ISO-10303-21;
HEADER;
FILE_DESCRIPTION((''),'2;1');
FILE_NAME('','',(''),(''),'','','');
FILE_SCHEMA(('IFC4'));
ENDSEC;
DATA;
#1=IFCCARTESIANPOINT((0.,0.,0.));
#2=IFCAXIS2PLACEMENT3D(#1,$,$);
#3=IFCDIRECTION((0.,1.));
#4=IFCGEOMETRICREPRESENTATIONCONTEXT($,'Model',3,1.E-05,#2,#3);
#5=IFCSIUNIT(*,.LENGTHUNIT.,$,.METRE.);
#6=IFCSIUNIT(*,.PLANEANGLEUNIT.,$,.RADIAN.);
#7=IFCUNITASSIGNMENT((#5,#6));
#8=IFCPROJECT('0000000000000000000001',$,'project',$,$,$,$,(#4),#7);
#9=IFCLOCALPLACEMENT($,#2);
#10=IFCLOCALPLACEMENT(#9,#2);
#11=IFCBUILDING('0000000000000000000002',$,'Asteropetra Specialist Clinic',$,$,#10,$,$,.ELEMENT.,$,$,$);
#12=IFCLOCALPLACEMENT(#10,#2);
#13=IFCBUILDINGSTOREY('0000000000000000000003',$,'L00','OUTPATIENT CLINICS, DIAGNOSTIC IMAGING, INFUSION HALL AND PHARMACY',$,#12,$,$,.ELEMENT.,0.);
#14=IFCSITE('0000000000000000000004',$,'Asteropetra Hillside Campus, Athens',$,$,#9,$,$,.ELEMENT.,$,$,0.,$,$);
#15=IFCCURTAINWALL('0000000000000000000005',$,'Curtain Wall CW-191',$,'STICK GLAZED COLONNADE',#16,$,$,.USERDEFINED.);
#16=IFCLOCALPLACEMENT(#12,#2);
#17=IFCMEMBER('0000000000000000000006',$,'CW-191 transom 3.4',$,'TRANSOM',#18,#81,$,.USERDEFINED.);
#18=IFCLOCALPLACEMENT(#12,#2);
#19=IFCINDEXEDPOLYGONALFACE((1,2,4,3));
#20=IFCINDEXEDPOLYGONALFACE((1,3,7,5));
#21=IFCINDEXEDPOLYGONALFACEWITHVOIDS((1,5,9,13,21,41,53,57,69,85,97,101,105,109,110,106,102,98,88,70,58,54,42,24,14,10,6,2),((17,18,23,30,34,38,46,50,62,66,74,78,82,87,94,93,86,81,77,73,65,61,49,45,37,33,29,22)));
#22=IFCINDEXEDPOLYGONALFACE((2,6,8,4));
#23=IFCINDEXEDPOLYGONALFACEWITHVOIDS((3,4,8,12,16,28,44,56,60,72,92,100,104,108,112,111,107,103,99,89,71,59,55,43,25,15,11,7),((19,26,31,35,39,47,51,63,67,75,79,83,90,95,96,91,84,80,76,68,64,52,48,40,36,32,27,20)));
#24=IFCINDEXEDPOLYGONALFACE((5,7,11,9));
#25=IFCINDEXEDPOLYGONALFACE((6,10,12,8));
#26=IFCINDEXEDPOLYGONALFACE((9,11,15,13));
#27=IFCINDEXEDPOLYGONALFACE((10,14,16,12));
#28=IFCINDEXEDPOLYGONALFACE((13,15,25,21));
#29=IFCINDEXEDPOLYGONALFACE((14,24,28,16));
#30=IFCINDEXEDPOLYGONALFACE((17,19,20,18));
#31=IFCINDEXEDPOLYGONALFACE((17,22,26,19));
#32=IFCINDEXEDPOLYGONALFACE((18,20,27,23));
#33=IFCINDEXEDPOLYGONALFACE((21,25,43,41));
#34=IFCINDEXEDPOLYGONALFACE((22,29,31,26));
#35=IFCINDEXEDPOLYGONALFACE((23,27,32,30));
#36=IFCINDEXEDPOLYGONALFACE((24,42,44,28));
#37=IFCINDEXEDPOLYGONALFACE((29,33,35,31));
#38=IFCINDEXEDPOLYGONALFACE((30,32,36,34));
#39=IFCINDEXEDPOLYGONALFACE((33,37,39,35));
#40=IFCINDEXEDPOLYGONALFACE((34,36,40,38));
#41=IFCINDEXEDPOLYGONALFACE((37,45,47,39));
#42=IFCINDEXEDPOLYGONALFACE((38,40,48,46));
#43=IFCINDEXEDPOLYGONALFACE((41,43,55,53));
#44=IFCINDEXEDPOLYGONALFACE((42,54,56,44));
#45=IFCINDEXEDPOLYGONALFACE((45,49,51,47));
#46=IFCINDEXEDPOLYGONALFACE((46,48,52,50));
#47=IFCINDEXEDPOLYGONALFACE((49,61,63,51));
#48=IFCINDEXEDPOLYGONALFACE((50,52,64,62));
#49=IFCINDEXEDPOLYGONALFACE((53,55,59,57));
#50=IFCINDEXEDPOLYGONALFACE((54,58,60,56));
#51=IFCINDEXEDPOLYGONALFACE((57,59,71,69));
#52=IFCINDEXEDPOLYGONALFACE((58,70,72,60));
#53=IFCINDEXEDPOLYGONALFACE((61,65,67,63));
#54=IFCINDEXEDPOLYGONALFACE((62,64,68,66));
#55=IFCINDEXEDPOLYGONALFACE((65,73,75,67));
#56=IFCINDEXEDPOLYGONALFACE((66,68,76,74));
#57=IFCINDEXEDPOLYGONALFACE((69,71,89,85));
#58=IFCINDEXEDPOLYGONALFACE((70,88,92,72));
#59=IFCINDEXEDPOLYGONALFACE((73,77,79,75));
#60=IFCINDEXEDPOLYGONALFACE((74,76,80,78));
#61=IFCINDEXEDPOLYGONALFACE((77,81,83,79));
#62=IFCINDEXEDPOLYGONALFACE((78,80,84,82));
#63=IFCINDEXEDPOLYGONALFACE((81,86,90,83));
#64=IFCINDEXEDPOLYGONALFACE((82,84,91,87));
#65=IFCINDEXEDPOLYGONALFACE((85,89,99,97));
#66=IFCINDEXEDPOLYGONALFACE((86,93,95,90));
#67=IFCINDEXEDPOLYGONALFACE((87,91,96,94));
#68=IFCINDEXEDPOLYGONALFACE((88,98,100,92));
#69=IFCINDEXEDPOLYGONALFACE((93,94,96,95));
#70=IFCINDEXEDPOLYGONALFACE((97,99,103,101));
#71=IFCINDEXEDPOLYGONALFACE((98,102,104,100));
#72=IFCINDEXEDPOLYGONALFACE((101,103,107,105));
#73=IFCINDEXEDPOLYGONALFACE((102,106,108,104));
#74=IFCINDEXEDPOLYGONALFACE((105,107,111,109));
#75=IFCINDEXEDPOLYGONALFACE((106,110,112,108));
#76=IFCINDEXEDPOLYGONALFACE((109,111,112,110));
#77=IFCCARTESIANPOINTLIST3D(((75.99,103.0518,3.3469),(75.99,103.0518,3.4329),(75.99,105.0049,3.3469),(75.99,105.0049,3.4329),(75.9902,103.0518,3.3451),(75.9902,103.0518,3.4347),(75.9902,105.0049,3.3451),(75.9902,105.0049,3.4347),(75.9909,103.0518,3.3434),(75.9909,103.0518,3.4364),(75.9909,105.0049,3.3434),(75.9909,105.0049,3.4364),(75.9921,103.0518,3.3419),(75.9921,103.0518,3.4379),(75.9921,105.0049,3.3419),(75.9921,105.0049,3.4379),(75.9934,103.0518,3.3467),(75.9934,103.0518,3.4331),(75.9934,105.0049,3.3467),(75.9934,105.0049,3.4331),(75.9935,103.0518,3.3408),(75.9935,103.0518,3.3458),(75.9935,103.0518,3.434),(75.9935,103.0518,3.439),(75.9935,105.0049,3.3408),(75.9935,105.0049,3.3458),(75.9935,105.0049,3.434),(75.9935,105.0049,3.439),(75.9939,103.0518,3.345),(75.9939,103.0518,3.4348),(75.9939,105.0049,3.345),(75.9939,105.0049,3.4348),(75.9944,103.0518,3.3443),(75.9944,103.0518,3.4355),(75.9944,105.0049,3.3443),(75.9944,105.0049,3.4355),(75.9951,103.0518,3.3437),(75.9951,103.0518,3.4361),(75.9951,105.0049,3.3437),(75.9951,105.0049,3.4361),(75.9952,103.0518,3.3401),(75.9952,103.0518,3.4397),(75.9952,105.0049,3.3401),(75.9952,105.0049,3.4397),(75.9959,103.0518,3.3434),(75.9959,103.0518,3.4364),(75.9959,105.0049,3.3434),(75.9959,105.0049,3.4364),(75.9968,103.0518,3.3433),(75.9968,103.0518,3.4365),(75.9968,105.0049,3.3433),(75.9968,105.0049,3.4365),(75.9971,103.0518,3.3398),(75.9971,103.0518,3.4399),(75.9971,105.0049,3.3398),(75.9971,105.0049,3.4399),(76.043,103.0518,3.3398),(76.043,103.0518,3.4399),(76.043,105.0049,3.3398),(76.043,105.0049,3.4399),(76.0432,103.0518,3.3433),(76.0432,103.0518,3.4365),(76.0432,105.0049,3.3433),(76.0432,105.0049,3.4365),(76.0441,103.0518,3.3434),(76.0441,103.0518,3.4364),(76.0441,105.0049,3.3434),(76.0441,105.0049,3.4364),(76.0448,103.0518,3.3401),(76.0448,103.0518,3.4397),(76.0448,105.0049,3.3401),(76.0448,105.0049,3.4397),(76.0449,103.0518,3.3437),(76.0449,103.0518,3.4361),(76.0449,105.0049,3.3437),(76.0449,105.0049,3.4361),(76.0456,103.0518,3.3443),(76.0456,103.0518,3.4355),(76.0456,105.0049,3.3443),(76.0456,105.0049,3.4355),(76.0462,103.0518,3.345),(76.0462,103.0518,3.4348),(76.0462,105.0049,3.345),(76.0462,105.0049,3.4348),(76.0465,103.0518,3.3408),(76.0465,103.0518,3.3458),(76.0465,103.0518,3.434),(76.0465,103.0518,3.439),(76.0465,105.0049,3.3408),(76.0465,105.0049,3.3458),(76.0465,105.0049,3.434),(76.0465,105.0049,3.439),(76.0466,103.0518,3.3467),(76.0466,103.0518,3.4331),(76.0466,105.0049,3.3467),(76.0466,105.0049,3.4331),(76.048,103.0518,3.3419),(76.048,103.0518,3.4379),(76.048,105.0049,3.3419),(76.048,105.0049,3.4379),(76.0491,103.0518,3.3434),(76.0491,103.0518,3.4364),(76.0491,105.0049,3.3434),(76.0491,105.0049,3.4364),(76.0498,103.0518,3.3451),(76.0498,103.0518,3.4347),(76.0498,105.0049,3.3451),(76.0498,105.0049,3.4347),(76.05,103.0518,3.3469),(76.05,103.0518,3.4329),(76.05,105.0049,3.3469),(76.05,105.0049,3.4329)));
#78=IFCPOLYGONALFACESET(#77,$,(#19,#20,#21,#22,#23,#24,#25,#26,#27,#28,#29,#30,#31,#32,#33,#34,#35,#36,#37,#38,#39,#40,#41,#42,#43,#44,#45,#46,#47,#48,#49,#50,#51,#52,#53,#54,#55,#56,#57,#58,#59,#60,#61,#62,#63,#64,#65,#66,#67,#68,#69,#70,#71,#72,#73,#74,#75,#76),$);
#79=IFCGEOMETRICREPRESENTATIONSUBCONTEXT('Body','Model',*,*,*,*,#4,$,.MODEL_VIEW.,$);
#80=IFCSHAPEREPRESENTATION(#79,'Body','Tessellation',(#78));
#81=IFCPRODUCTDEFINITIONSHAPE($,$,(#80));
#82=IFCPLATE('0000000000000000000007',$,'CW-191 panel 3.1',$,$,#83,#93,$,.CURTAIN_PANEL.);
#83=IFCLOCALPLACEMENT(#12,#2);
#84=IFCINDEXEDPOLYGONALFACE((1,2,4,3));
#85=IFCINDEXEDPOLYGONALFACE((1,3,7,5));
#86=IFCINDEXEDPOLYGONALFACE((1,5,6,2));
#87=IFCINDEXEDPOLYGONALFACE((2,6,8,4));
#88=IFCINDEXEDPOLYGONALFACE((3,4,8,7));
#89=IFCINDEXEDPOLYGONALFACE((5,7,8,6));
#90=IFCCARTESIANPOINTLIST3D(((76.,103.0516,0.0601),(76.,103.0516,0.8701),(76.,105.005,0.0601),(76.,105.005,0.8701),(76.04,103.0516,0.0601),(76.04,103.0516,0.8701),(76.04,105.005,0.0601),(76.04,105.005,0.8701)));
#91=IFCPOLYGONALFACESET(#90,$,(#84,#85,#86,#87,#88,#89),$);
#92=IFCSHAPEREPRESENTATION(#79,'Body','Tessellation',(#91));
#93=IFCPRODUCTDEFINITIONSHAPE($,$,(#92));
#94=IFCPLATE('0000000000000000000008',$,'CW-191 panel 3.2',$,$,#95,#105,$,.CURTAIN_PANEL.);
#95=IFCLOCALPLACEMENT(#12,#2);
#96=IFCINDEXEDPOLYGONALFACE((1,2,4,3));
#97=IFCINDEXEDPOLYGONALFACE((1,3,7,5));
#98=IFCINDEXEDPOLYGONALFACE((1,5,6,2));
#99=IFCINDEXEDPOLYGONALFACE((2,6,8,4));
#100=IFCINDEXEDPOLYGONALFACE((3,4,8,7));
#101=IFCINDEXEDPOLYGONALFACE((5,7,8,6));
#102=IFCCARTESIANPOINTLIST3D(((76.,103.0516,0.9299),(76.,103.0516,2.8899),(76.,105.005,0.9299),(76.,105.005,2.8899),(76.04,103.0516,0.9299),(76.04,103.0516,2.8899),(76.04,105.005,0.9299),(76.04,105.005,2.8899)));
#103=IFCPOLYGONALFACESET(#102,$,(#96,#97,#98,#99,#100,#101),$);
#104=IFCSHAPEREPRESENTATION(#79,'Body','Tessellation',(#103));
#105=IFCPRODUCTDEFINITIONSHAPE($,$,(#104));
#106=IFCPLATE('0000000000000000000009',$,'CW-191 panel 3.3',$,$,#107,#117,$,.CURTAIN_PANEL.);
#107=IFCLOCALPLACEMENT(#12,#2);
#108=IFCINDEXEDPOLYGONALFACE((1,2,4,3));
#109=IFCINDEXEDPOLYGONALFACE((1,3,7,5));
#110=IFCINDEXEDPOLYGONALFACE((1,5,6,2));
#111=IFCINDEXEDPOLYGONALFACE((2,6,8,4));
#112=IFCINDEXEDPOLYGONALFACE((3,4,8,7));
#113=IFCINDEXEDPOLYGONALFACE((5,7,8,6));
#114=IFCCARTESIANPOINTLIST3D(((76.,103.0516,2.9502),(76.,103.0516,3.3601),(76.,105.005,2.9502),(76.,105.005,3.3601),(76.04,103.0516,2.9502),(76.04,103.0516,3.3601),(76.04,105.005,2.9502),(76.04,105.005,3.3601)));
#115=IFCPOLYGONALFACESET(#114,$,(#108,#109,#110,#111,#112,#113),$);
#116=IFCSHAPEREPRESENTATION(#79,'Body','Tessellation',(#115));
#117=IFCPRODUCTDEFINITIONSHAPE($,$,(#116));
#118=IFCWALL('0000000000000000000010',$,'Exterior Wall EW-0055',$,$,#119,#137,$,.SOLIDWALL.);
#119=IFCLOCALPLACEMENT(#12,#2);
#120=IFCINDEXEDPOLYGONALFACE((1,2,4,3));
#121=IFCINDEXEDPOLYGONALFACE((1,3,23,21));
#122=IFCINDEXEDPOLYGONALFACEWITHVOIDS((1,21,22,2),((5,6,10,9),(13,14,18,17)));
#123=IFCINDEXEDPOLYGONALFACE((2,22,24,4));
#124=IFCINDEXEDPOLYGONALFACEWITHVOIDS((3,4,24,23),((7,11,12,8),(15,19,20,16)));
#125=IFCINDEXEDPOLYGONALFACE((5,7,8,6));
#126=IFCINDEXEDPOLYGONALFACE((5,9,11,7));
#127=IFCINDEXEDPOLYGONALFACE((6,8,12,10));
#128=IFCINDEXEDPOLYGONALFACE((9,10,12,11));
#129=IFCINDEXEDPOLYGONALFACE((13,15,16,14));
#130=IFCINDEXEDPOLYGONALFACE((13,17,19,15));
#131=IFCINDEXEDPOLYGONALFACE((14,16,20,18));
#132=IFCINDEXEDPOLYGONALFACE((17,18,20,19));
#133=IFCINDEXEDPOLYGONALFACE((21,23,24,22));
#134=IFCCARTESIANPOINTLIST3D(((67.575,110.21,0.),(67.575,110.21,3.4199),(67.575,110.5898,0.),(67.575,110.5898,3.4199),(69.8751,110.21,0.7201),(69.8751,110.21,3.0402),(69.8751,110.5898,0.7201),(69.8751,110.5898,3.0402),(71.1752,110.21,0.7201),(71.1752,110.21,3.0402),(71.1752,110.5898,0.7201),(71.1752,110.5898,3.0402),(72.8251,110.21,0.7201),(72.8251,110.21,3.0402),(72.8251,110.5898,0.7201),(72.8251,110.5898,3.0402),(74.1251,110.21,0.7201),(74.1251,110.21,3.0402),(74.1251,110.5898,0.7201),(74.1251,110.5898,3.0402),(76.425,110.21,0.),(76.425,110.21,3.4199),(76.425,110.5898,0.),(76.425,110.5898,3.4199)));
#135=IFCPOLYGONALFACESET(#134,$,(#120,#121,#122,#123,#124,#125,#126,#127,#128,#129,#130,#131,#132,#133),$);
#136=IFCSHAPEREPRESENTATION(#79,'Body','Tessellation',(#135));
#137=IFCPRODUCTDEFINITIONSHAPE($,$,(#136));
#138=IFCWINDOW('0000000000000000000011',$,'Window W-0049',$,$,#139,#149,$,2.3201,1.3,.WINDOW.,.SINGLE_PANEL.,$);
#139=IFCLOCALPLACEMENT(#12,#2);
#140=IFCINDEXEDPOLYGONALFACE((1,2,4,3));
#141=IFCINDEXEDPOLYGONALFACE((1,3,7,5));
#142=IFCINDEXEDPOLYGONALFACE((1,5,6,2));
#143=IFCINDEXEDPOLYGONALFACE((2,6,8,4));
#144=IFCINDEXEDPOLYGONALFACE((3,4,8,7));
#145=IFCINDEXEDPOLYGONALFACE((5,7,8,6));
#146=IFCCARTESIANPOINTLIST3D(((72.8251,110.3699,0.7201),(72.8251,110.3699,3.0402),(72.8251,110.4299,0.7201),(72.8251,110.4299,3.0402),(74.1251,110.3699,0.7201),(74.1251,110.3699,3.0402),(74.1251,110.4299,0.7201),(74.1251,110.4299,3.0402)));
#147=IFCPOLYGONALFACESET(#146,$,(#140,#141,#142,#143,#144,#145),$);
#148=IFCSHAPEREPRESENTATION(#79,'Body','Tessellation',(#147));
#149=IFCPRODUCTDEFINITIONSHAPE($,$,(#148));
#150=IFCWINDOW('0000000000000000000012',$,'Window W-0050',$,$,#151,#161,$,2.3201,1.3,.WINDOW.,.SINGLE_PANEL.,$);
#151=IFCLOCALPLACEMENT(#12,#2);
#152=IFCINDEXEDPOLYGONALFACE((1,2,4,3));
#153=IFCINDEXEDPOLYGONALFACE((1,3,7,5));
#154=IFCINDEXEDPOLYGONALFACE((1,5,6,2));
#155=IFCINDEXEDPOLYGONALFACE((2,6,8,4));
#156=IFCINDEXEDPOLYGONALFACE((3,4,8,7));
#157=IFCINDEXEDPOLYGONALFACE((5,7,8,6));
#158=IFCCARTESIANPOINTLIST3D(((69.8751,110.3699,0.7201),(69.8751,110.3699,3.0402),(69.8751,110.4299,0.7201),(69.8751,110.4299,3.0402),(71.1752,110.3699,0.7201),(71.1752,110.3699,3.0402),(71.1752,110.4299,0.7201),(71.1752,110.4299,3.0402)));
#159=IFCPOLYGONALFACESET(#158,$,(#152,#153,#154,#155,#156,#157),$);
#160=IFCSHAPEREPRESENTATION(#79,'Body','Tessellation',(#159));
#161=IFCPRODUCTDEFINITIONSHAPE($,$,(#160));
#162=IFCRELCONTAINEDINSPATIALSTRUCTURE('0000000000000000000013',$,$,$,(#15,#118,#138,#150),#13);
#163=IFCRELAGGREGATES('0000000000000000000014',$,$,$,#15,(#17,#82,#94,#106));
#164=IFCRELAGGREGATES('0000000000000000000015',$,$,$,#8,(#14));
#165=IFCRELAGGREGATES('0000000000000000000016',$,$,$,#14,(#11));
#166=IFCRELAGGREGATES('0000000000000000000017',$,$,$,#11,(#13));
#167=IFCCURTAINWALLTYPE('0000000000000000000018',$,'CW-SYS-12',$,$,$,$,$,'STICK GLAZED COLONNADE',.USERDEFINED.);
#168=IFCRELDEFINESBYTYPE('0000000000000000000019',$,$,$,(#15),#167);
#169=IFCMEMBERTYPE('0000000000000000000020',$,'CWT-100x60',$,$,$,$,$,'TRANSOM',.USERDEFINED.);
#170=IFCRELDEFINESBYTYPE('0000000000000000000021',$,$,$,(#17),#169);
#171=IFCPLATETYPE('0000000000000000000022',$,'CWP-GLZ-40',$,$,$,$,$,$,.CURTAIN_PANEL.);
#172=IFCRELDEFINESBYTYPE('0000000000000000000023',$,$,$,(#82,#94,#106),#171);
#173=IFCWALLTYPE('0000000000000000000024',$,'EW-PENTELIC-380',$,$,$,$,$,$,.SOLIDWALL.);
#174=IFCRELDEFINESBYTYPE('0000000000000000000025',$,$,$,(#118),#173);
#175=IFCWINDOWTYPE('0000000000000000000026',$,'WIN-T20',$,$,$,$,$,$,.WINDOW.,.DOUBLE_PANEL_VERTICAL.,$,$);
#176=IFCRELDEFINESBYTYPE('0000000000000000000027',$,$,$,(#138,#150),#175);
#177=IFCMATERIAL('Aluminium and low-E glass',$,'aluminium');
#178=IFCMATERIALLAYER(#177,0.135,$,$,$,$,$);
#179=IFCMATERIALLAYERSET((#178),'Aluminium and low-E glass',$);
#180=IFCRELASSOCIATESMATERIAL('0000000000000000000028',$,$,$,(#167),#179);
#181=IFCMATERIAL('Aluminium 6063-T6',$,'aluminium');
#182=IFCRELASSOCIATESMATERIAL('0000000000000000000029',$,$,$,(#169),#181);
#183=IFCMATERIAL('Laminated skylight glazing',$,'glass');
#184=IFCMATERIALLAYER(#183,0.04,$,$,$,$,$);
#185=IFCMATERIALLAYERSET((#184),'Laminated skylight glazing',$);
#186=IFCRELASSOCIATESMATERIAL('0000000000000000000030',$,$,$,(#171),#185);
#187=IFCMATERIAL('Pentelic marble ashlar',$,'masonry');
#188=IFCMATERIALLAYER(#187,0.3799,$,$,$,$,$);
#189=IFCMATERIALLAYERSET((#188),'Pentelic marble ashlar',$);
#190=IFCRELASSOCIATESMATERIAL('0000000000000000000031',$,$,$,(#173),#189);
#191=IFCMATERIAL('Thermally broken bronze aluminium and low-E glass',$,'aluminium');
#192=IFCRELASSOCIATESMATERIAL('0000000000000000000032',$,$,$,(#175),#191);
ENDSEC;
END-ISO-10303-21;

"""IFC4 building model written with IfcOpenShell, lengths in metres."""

from ifc_helpers import new_model, si_unit, direction, frame, frame_2d, origin, origin_2d, place, context, subcontext, project, spatial, rectangle, hollow_rectangle, extrude, material, layer, layer_set, material_profile, profile_set, type_object, element, fill, aggregate, save


model = new_model("IFC4")

# Units and contexts
model_context = context("Model", 3, precision=1e-05, world=origin(), true_north=direction((0.0, 1.0)))
body_context = subcontext(model_context, "Body", "Model", "MODEL_VIEW")
ifc_project = project(units=[si_unit("LENGTHUNIT", "METRE"), si_unit("PLANEANGLEUNIT", "RADIAN")], contexts=[model_context])

# Site, building, storey
site_placement = place(None, origin())
site = spatial("IfcSite", under=ifc_project, at=site_placement, Name="Asteropetra Hillside Campus, Athens", CompositionType="ELEMENT", RefElevation=0.0)
building_placement = place(site_placement, origin())
building = spatial("IfcBuilding", under=site, at=building_placement, Name="Asteropetra Specialist Clinic", CompositionType="ELEMENT")
storey_placement = place(building_placement, origin())
storey = spatial("IfcBuildingStorey", under=building, at=storey_placement, Name="L00", Description="OUTPATIENT CLINICS, DIAGNOSTIC IMAGING, INFUSION HALL AND PHARMACY", CompositionType="ELEMENT", Elevation=0.0)

# Curtain wall, member, plates
ifc_material_1 = material(Name="Aluminium and low-E glass", Category="aluminium")
ifc_layer_1 = layer(ifc_material_1, 0.135)
ifc_layer_set_1 = layer_set([ifc_layer_1], Name="Aluminium and low-E glass")
curtain_wall_type = type_object("IfcCurtainWallType", Name="CW-SYS-12", ElementType="STICK GLAZED COLONNADE", PredefinedType="USERDEFINED", material=ifc_layer_set_1)
curtain_wall_placement = place(storey_placement, origin())
curtain_wall = element("IfcCurtainWall", 1, at=curtain_wall_placement, inside=storey, type_object=curtain_wall_type, Name="Curtain Wall CW-191", ObjectType="STICK GLAZED COLONNADE", PredefinedType="USERDEFINED")
ifc_material_2 = material(Name="Aluminium 6063-T6", Category="aluminium")
ifc_material_profile_1 = material_profile(ifc_material_2, hollow_rectangle(XDim=0.0601, YDim=0.1001, WallThickness=0.0034, InnerFilletRadius=0.0034, OuterFilletRadius=0.0071, at=origin_2d()), Name="TRN 100x60x3.5")
ifc_profile_set_1 = profile_set([ifc_material_profile_1], Name="Aluminium 6063-T6")
member_type_1 = type_object("IfcMemberType", Name="CWT-100x60", ElementType="TRANSOM", PredefinedType="USERDEFINED", material=ifc_profile_set_1)
member_1_placement = place(storey_placement, frame((76.02, 103.0518, 3.3899), z_axis=(0.0, 1.0, 0.0), x_axis=(-1.0, 0.0, 0.0)))
member_1 = element("IfcMember", 2, at=member_1_placement, type_object=member_type_1, Name="CW-191 transom 3.4", ObjectType="TRANSOM", PredefinedType="USERDEFINED", context=body_context, shape_type="SweptSolid", body=[
    extrude(hollow_rectangle(XDim=0.0601, YDim=0.1001, WallThickness=0.0034, InnerFilletRadius=0.0034, OuterFilletRadius=0.0071, at=origin_2d()), origin(), (0.0, 0.0, 1.0), 1.9531),
])
ifc_material_3 = material(Name="Laminated skylight glazing", Category="glass")
ifc_layer_2 = layer(ifc_material_3, 0.04)
ifc_layer_set_2 = layer_set([ifc_layer_2], Name="Laminated skylight glazing")
plate_type = type_object("IfcPlateType", Name="CWP-GLZ-40", PredefinedType="CURTAIN_PANEL", material=ifc_layer_set_2)
plate_1_placement = place(storey_placement, frame((76.02, 104.0283, 0.0601), z_axis=(0.0, 0.0, 1.0), x_axis=(0.0, 1.0, 0.0)))
plate_1 = element("IfcPlate", 3, at=plate_1_placement, type_object=plate_type, Name="CW-191 panel 3.1", PredefinedType="CURTAIN_PANEL", context=body_context, shape_type="SweptSolid", body=[
    extrude(rectangle(XDim=1.9534, YDim=0.04, at=origin_2d()), origin(), (0.0, 0.0, 1.0), 0.8101),
])
plate_2_placement = place(storey_placement, frame((76.02, 104.0283, 0.9299), z_axis=(0.0, 0.0, 1.0), x_axis=(0.0, 1.0, 0.0)))
plate_2 = element("IfcPlate", 4, at=plate_2_placement, type_object=plate_type, Name="CW-191 panel 3.2", PredefinedType="CURTAIN_PANEL", context=body_context, shape_type="SweptSolid", body=[
    extrude(rectangle(XDim=1.9534, YDim=0.04, at=origin_2d()), origin(), (0.0, 0.0, 1.0), 1.96),
])
plate_3_placement = place(storey_placement, frame((76.02, 104.0283, 2.9502), z_axis=(0.0, 0.0, 1.0), x_axis=(0.0, 1.0, 0.0)))
plate_3 = element("IfcPlate", 5, at=plate_3_placement, type_object=plate_type, Name="CW-191 panel 3.3", PredefinedType="CURTAIN_PANEL", context=body_context, shape_type="SweptSolid", body=[
    extrude(rectangle(XDim=1.9534, YDim=0.04, at=origin_2d()), origin(), (0.0, 0.0, 1.0), 0.4099),
])
aggregate(curtain_wall, [member_1, plate_1, plate_2, plate_3])

# Wall, openings, windows
ifc_material_4 = material(Name="Pentelic marble ashlar", Category="masonry")
ifc_layer_3 = layer(ifc_material_4, 0.3799)
ifc_layer_set_3 = layer_set([ifc_layer_3], Name="Pentelic marble ashlar")
wall_type_1 = type_object("IfcWallType", Name="EW-PENTELIC-380", PredefinedType="SOLIDWALL", material=ifc_layer_set_3)
wall_1_placement = place(storey_placement, frame((76.425, 110.3999, 0.0), z_axis=(0.0, 0.0, 1.0), x_axis=(-1.0, 0.0, 0.0)))
wall_1 = element("IfcWall", 6, at=wall_1_placement, inside=storey, type_object=wall_type_1, Name="Exterior Wall EW-0055", PredefinedType="SOLIDWALL", context=body_context, shape_type="SweptSolid", body=[
    extrude(rectangle(XDim=8.8501, YDim=0.3799, at=frame_2d((4.425, 0.0))), origin(), (0.0, 0.0, 1.0), 3.4199),
])
opening_1_placement = place(wall_1_placement, frame((2.3, 0.0, 0.72)))
opening_1 = element("IfcOpeningElement", 7, at=opening_1_placement, cuts=wall_1, PredefinedType="OPENING", context=body_context, shape_type="SweptSolid", body=[
    extrude(rectangle(XDim=1.3, YDim=2.3201, at=frame_2d((0.6499, 1.1602))), frame((0.0, 0.2, 0.0), z_axis=(0.0, -1.0, 0.0), x_axis=(1.0, 0.0, 0.0)), (0.0, 0.0, 1.0), 0.3999),
])
opening_2_placement = place(wall_1_placement, frame((5.25, 0.0, 0.72)))
opening_2 = element("IfcOpeningElement", 8, at=opening_2_placement, cuts=wall_1, PredefinedType="OPENING", context=body_context, shape_type="SweptSolid", body=[
    extrude(rectangle(XDim=1.3, YDim=2.3201, at=frame_2d((0.6499, 1.1602))), frame((0.0, 0.2, 0.0), z_axis=(0.0, -1.0, 0.0), x_axis=(1.0, 0.0, 0.0)), (0.0, 0.0, 1.0), 0.3999),
])
ifc_material_5 = material(Name="Thermally broken bronze aluminium and low-E glass", Category="aluminium")
window_type = type_object("IfcWindowType", Name="WIN-T20", PartitioningType="DOUBLE_PANEL_VERTICAL", PredefinedType="WINDOW", material=ifc_material_5)
window_1_placement = place(opening_1_placement, origin())
window_1 = element("IfcWindow", 9, at=window_1_placement, inside=storey, type_object=window_type, Name="Window W-0049", OverallHeight=2.3201, OverallWidth=1.3, PartitioningType="SINGLE_PANEL", PredefinedType="WINDOW", context=body_context, shape_type="SweptSolid", body=[
    extrude(rectangle(XDim=1.3, YDim=2.3201, at=frame_2d((0.6499, 1.1602))), frame((0.0, 0.03, 0.0), z_axis=(0.0, -1.0, 0.0), x_axis=(1.0, 0.0, 0.0)), (0.0, 0.0, 1.0), 0.0601),
])
fill(opening_1, window_1)
window_2_placement = place(opening_2_placement, origin())
window_2 = element("IfcWindow", 10, at=window_2_placement, inside=storey, type_object=window_type, Name="Window W-0050", OverallHeight=2.3201, OverallWidth=1.3, PartitioningType="SINGLE_PANEL", PredefinedType="WINDOW", context=body_context, shape_type="SweptSolid", body=[
    extrude(rectangle(XDim=1.3, YDim=2.3201, at=frame_2d((0.6499, 1.1602))), frame((0.0, 0.03, 0.0), z_axis=(0.0, -1.0, 0.0), x_axis=(1.0, 0.0, 0.0)), (0.0, 0.0, 1.0), 0.0601),
])
fill(opening_2, window_2)

save(model, "model.ifc")
